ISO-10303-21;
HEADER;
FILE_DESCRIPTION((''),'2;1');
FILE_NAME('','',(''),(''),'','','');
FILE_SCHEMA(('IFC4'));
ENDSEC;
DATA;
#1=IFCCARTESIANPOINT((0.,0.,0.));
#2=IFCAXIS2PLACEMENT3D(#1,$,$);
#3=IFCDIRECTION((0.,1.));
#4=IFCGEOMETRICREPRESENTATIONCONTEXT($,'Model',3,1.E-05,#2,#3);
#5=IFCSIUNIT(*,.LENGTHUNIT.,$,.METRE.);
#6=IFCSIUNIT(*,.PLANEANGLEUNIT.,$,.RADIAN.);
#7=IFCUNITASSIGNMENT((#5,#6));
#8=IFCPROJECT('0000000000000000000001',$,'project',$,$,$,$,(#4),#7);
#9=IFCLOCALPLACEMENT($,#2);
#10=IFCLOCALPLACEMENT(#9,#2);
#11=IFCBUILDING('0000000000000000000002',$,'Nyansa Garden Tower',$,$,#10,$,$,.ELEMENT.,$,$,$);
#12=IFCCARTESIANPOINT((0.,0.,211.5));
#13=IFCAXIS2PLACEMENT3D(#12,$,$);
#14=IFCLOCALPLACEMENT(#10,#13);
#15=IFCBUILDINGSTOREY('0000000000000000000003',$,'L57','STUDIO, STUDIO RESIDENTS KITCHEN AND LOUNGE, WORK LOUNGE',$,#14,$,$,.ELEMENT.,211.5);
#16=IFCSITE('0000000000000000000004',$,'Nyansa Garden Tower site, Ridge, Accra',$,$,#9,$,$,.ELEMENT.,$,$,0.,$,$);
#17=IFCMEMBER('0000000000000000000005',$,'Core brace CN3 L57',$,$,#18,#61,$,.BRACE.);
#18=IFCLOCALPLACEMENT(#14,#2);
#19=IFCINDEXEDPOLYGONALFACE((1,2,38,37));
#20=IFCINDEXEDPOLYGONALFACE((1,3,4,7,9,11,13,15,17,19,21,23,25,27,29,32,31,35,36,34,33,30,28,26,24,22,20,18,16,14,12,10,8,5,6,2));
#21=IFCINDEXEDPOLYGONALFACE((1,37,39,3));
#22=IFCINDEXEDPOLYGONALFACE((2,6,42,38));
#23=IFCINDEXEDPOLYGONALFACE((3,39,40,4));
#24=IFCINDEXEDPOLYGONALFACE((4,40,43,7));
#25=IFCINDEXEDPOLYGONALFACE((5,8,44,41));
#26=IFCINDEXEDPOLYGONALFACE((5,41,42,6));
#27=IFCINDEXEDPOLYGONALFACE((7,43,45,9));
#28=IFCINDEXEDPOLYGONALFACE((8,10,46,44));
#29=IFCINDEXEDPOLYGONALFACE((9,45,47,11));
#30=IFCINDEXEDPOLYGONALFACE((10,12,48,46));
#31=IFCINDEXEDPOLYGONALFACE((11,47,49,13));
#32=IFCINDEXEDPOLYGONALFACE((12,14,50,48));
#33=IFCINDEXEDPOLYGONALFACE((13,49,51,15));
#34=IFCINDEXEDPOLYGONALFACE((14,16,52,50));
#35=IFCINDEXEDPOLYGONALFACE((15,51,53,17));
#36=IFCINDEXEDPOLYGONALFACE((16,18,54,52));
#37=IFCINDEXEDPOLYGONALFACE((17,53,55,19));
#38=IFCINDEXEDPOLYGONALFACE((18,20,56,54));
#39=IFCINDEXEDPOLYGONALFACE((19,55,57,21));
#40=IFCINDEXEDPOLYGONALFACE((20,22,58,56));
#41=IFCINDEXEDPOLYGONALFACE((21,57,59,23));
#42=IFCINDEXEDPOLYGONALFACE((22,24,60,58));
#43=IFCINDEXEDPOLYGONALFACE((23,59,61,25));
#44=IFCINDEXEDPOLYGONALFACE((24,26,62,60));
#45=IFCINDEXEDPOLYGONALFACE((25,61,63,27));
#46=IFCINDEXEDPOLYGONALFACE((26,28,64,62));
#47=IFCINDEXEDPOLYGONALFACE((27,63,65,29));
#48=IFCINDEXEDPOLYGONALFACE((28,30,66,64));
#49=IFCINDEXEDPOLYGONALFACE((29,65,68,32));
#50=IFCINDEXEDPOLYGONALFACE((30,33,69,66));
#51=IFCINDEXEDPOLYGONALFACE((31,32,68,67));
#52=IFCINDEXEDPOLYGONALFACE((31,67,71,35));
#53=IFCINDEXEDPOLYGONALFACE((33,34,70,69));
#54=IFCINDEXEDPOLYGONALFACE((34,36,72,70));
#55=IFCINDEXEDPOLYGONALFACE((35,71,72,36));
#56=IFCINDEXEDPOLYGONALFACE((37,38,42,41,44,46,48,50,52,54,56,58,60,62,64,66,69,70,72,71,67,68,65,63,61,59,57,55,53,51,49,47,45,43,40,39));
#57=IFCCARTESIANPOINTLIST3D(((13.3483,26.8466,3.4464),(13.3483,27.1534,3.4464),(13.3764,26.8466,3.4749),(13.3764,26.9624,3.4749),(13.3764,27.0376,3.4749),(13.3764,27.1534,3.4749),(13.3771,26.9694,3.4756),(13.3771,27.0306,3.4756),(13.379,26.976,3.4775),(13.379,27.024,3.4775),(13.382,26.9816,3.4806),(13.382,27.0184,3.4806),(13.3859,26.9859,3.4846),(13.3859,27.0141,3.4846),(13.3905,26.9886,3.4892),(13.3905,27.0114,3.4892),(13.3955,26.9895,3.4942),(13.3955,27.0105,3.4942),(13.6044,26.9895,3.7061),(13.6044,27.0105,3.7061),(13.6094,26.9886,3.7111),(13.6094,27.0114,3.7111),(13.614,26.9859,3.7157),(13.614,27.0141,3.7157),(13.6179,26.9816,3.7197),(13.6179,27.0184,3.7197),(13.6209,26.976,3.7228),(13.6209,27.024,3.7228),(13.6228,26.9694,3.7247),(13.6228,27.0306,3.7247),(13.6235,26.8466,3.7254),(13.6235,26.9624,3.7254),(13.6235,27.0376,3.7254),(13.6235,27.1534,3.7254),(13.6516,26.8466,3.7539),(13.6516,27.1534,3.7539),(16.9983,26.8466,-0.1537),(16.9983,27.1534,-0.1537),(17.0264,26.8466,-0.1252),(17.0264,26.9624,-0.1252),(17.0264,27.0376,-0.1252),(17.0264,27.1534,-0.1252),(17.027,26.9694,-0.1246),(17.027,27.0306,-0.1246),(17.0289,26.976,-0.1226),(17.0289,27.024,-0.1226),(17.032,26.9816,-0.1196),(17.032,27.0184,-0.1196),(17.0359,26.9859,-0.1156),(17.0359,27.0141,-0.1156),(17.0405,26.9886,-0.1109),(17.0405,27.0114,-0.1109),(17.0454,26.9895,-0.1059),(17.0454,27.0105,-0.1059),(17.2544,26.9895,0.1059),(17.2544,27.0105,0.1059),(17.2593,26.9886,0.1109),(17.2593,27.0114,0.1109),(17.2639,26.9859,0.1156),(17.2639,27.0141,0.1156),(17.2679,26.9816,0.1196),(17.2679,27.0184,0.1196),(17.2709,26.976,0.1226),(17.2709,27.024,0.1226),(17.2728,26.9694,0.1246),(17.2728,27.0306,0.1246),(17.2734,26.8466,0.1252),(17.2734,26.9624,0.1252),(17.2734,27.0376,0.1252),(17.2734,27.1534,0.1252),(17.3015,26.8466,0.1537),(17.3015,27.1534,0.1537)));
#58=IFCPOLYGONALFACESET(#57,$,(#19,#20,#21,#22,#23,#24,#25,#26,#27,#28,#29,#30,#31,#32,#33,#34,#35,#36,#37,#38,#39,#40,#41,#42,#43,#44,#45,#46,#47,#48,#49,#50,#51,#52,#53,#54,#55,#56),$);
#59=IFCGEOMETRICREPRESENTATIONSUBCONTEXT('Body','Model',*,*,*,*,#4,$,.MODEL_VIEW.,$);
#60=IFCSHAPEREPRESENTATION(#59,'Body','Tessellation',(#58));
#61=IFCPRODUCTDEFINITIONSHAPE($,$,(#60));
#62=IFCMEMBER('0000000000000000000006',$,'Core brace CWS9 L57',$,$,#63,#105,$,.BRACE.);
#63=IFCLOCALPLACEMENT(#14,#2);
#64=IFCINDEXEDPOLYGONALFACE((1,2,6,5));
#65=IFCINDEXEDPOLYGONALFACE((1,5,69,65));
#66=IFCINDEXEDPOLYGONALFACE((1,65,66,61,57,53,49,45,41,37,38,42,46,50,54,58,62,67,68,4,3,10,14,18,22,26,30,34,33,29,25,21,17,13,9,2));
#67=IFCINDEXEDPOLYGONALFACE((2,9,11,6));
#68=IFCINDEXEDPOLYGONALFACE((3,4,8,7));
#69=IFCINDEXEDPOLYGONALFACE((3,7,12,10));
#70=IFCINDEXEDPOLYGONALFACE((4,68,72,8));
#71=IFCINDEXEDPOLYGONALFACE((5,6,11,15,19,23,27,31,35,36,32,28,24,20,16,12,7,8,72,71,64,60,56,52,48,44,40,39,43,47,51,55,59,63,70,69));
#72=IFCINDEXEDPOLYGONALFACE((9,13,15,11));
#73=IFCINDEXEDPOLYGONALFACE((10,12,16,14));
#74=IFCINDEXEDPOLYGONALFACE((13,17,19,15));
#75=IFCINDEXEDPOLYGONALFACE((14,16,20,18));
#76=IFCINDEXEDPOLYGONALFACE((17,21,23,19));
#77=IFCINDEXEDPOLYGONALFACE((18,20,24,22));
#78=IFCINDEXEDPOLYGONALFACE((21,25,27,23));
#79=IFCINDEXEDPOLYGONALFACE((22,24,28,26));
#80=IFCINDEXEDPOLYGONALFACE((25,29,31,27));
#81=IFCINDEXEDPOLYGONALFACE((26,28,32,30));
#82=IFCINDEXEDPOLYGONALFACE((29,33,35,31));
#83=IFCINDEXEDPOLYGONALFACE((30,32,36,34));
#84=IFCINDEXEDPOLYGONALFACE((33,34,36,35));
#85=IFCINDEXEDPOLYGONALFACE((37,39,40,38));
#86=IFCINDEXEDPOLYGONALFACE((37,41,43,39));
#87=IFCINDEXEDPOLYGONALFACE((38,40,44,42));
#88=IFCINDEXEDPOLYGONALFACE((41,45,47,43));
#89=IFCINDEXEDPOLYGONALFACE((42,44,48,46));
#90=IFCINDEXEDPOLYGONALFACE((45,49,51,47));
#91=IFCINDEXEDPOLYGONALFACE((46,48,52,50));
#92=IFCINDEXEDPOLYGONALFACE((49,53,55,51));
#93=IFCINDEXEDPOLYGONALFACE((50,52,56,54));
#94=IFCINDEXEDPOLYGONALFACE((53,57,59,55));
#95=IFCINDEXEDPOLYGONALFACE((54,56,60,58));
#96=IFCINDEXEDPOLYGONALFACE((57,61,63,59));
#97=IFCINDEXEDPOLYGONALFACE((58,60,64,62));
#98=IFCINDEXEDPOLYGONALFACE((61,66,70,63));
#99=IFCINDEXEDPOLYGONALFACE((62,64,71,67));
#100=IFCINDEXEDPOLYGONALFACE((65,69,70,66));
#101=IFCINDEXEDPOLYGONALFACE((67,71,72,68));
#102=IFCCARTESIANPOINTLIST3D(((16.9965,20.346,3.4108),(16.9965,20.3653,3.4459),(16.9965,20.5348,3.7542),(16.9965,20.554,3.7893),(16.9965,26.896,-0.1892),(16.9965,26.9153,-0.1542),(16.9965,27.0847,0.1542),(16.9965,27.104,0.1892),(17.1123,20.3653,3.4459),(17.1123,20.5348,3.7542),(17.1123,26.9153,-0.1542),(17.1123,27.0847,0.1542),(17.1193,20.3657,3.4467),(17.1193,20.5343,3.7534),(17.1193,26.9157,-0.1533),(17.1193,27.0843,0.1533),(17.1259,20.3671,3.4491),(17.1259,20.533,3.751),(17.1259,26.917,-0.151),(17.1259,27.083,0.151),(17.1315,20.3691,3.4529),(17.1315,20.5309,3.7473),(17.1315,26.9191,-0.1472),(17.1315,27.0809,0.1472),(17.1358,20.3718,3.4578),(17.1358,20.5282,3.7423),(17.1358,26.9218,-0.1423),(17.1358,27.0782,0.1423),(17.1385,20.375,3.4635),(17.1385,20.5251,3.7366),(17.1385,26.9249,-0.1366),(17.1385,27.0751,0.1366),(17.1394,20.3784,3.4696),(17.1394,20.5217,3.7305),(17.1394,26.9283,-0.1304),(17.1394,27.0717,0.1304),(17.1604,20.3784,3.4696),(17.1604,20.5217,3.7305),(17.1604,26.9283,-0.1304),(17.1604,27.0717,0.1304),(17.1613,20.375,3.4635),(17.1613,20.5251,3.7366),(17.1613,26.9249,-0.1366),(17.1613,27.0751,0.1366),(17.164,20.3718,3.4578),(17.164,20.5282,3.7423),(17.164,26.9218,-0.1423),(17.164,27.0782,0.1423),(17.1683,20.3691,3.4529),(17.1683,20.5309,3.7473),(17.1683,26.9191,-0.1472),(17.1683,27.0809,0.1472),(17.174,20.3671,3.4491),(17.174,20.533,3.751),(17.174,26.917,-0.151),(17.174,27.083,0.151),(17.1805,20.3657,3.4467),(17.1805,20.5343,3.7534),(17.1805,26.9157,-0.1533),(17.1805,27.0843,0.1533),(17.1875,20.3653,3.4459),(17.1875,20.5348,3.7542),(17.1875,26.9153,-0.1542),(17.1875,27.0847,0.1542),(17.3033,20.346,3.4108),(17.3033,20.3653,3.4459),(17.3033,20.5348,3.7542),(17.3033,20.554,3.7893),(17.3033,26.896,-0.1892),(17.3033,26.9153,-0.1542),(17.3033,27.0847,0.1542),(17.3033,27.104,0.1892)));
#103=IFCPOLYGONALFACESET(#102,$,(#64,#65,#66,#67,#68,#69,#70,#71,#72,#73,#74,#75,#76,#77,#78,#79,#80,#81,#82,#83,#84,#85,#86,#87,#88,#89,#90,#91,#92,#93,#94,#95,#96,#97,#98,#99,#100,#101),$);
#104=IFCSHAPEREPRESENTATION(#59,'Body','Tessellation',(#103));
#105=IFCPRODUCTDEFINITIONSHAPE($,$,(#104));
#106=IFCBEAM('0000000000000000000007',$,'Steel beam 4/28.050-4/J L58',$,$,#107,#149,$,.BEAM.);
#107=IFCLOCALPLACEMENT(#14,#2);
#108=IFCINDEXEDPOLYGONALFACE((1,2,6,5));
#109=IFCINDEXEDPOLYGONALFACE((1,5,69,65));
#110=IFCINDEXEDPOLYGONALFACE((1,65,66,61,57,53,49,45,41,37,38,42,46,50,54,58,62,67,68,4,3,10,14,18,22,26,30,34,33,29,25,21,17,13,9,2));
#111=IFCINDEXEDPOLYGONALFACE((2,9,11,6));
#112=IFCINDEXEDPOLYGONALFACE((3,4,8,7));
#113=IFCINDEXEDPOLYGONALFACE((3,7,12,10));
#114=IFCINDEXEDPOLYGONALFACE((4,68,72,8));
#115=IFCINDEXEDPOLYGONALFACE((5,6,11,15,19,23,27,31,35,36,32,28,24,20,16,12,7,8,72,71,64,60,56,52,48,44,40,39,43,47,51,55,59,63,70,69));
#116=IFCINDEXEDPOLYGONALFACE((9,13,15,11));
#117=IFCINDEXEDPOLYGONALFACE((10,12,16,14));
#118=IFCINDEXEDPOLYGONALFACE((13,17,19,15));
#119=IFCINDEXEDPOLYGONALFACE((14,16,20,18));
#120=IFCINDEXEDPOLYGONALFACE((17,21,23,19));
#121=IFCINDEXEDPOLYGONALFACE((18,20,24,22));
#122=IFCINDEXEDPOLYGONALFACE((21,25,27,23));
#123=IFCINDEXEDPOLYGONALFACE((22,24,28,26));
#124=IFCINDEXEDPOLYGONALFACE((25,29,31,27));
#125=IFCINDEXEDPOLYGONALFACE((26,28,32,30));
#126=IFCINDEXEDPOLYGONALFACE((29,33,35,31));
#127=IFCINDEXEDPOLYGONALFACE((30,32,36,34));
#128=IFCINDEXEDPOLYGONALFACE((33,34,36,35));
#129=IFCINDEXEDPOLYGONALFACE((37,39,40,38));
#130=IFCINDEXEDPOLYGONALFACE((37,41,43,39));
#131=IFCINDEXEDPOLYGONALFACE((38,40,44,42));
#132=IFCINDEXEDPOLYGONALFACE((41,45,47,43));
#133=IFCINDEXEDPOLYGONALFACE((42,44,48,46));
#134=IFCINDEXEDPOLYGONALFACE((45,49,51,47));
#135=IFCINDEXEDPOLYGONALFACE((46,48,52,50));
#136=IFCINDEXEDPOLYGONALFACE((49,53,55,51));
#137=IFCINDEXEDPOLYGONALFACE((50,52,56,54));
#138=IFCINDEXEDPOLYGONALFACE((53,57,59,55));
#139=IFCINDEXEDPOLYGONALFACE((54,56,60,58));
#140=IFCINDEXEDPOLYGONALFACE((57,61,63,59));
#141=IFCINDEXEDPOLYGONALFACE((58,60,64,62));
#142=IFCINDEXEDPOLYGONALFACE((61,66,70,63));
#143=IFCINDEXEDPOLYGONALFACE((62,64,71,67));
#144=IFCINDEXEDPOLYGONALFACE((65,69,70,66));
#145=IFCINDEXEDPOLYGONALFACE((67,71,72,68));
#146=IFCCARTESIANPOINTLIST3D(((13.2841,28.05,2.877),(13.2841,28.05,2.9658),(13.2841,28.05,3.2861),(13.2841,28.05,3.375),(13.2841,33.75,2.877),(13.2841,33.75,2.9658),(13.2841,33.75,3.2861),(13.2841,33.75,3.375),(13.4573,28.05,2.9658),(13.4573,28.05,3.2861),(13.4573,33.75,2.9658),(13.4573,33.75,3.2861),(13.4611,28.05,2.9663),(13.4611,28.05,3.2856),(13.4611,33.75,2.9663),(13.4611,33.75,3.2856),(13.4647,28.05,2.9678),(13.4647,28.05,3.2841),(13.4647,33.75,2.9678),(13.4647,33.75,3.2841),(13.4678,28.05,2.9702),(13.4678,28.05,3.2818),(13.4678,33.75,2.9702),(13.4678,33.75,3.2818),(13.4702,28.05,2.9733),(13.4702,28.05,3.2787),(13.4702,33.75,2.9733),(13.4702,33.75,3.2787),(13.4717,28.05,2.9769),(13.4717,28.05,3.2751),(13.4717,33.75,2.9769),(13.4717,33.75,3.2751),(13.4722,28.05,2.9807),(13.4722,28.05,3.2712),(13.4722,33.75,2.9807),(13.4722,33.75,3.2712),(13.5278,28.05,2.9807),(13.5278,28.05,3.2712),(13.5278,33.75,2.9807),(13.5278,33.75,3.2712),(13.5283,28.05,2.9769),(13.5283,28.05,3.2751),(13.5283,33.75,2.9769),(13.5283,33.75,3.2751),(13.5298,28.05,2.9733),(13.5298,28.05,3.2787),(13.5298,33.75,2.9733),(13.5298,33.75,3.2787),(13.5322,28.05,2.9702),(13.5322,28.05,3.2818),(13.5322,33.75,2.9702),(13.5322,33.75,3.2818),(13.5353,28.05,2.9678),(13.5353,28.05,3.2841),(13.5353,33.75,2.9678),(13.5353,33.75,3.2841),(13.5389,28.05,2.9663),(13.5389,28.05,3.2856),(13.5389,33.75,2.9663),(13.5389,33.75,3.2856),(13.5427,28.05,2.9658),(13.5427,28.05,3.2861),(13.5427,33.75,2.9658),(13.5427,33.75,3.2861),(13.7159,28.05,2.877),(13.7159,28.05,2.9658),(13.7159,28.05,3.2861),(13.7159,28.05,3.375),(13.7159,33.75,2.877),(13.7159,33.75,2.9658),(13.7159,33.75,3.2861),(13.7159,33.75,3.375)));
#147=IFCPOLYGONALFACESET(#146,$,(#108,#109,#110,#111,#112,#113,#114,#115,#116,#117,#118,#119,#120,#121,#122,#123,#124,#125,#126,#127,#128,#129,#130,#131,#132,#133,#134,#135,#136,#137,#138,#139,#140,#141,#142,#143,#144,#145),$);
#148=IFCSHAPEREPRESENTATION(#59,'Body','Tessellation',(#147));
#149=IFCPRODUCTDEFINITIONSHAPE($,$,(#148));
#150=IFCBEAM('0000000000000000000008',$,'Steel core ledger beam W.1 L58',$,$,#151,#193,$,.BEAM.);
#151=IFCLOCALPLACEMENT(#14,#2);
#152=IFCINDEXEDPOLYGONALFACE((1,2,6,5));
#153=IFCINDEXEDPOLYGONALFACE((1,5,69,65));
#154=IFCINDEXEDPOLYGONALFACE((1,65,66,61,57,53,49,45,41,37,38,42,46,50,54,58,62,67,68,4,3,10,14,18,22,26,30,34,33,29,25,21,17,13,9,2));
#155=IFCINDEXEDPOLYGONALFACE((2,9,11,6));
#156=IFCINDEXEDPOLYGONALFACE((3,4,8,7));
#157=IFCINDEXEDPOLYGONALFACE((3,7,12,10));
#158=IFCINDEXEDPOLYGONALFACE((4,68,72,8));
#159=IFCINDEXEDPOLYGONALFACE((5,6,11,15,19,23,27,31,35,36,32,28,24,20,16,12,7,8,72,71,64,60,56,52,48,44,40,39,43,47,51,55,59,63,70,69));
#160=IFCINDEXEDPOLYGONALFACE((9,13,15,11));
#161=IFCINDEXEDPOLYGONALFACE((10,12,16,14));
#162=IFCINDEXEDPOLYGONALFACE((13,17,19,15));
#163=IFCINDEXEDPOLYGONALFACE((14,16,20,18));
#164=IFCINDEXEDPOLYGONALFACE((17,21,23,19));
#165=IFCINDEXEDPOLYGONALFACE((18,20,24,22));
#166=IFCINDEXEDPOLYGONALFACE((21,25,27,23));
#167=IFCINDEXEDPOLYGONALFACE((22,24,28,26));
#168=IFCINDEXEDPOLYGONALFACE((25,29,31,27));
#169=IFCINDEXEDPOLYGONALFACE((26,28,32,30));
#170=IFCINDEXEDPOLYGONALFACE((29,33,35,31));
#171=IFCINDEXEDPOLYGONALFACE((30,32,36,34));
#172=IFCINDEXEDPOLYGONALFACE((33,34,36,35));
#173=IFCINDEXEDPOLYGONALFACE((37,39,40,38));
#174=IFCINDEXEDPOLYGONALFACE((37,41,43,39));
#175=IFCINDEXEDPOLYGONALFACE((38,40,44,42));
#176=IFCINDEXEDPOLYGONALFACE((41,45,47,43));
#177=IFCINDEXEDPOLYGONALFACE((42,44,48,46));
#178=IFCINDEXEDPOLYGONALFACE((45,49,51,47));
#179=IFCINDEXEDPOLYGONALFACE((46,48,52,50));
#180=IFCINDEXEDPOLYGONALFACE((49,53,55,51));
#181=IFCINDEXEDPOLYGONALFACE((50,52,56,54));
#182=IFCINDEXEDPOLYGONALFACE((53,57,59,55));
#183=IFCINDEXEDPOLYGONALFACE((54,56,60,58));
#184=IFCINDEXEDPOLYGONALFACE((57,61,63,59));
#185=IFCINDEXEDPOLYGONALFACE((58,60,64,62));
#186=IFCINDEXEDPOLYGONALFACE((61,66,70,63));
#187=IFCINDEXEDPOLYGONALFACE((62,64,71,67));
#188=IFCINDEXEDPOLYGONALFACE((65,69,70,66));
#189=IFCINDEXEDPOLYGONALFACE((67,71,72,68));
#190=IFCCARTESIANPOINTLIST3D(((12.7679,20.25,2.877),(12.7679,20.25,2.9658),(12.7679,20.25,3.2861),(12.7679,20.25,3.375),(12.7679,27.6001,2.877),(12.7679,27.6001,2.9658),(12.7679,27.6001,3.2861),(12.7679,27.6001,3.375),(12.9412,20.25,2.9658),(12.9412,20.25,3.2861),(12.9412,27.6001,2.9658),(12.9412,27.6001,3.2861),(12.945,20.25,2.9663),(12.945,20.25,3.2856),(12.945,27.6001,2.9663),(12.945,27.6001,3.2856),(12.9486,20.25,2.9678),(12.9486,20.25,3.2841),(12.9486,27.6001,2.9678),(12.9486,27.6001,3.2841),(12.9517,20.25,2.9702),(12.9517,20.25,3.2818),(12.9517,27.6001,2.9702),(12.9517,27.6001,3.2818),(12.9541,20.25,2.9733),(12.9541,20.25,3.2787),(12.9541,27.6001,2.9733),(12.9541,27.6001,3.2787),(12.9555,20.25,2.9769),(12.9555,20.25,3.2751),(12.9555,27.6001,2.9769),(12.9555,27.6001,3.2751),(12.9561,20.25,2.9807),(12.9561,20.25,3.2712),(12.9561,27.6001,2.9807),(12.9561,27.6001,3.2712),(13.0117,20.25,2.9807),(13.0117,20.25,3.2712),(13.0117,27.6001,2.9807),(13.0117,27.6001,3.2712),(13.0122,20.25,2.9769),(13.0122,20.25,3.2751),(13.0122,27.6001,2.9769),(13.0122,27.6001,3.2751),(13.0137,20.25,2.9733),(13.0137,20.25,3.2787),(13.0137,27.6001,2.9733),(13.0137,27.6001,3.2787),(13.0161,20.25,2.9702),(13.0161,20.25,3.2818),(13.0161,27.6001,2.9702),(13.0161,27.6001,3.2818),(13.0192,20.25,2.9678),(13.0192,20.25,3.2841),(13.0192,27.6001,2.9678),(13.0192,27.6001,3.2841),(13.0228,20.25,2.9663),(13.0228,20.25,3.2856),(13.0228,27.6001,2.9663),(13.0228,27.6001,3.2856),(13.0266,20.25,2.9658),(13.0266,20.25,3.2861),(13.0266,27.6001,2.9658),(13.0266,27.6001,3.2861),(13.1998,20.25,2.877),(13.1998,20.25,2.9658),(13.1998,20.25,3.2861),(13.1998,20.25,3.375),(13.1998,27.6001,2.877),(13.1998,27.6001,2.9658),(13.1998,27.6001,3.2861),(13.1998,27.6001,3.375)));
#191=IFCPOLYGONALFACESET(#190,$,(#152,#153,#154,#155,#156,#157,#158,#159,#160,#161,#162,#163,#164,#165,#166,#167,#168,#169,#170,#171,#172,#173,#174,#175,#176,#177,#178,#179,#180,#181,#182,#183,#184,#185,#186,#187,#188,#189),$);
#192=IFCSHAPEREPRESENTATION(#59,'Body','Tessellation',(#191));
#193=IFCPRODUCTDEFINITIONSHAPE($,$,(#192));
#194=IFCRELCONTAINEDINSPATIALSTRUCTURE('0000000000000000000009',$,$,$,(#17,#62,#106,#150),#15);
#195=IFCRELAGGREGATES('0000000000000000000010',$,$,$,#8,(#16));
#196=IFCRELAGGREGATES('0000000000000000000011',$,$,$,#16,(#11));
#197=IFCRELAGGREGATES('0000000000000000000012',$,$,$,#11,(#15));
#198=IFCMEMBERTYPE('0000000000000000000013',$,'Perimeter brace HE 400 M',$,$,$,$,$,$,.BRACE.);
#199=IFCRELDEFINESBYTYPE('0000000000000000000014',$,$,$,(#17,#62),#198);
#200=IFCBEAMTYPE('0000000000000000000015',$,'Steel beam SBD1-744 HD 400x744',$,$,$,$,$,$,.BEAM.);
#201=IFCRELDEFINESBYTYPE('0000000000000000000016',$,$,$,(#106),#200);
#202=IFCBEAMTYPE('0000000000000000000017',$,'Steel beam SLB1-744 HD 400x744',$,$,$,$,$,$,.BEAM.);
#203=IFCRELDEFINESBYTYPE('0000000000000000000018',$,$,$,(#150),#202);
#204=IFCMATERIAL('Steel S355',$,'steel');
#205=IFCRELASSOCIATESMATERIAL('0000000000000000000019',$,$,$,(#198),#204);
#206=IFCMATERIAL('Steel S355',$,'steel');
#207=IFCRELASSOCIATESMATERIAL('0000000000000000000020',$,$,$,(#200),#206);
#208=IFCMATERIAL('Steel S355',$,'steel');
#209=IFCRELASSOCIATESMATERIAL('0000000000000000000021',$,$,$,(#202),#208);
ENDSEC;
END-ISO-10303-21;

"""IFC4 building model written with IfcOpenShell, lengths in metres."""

from ifc_helpers import new_model, si_unit, direction, frame, origin, origin_2d, place, context, subcontext, project, spatial, i_section, extrude, material, material_profile, profile_set, type_object, element, save


model = new_model("IFC4")

# Units and contexts
model_context = context("Model", 3, precision=1e-05, world=origin(), true_north=direction((0.0, 1.0)))
body_context = subcontext(model_context, "Body", "Model", "MODEL_VIEW")
ifc_project = project(units=[si_unit("LENGTHUNIT", "METRE"), si_unit("PLANEANGLEUNIT", "RADIAN")], contexts=[model_context])

# Site, building, storey
site_placement = place(None, origin())
site = spatial("IfcSite", under=ifc_project, at=site_placement, Name="Nyansa Garden Tower site, Ridge, Accra", CompositionType="ELEMENT", RefElevation=0.0)
building_placement = place(site_placement, origin())
building = spatial("IfcBuilding", under=site, at=building_placement, Name="Nyansa Garden Tower", CompositionType="ELEMENT")
storey_placement = place(building_placement, frame((0.0, 0.0, 211.5)))
storey = spatial("IfcBuildingStorey", under=building, at=storey_placement, Name="L57", Description="STUDIO, STUDIO RESIDENTS KITCHEN AND LOUNGE, WORK LOUNGE", CompositionType="ELEMENT", Elevation=211.5)

# Members
ifc_material_1 = material(Name="Steel S355", Category="steel")
ifc_material_profile_1 = material_profile(ifc_material_1, i_section(OverallWidth=0.3069, OverallDepth=0.4319, WebThickness=0.021, FlangeThickness=0.04, FilletRadius=0.0271, at=origin_2d()), Name="HE 400 M")
ifc_profile_set_1 = profile_set([ifc_material_profile_1], Name="Steel S355")
member_type = type_object("IfcMemberType", Name="Perimeter brace HE 400 M", PredefinedType="BRACE", material=ifc_profile_set_1)
member_1_placement = place(storey_placement, frame((17.1499, 27.0, 0.0), z_axis=(-0.711948, 0.0, 0.702233), x_axis=(0.0, -1.0, 0.0)))
element("IfcMember", 1, at=member_1_placement, inside=storey, type_object=member_type, Name="Core brace CN3 L57", PredefinedType="BRACE", context=body_context, shape_type="SweptSolid", body=[
    extrude(i_section(OverallWidth=0.3069, OverallDepth=0.4319, WebThickness=0.021, FlangeThickness=0.04, FilletRadius=0.0271, at=origin_2d()), origin(), (0.0, 0.0, 1.0), 5.1267),
])
member_2_placement = place(storey_placement, frame((17.1499, 27.0, 0.0), z_axis=(0.0, -0.876353, 0.481669), x_axis=(1.0, 0.0, 0.0)))
element("IfcMember", 2, at=member_2_placement, inside=storey, type_object=member_type, Name="Core brace CWS9 L57", PredefinedType="BRACE", context=body_context, shape_type="SweptSolid", body=[
    extrude(i_section(OverallWidth=0.3069, OverallDepth=0.4319, WebThickness=0.021, FlangeThickness=0.04, FilletRadius=0.0271, at=origin_2d()), origin(), (0.0, 0.0, 1.0), 7.4741),
])

# Beams
ifc_material_2 = material(Name="Steel S355", Category="steel")
ifc_material_profile_2 = material_profile(ifc_material_2, i_section(OverallWidth=0.4319, OverallDepth=0.498, WebThickness=0.0557, FlangeThickness=0.0889, FilletRadius=0.0149, at=origin_2d()), Name="HD 400x744")
ifc_profile_set_2 = profile_set([ifc_material_profile_2], Name="Steel S355")
beam_type_1 = type_object("IfcBeamType", Name="Steel beam SBD1-744 HD 400x744", PredefinedType="BEAM", material=ifc_profile_set_2)
beam_placement = place(storey_placement, frame((13.5, 28.05, 3.126), z_axis=(0.0, 1.0, 0.0), x_axis=(-1.0, 0.0, 0.0)))
element("IfcBeam", 3, at=beam_placement, inside=storey, type_object=beam_type_1, Name="Steel beam 4/28.050-4/J L58", PredefinedType="BEAM", context=body_context, shape_type="SweptSolid", body=[
    extrude(i_section(OverallWidth=0.4319, OverallDepth=0.498, WebThickness=0.0557, FlangeThickness=0.0889, FilletRadius=0.0149, at=origin_2d()), origin(), (0.0, 0.0, 1.0), 5.7),
])
ifc_material_3 = material(Name="Steel S355", Category="steel")
ifc_material_profile_3 = material_profile(ifc_material_3, i_section(OverallWidth=0.4319, OverallDepth=0.498, WebThickness=0.0557, FlangeThickness=0.0889, FilletRadius=0.0149, at=origin_2d()), Name="HD 400x744")
ifc_profile_set_3 = profile_set([ifc_material_profile_3], Name="Steel S355")
beam_type_2 = type_object("IfcBeamType", Name="Steel beam SLB1-744 HD 400x744", PredefinedType="BEAM", material=ifc_profile_set_3)
for number, where, z_axis, x_axis, name in (
    (4, (12.9839, 27.6001, 3.126), (0.0, -1.0, 0.0), (1.0, 0.0, 0.0), "Steel core ledger beam W.1 L58"),
):
    element("IfcBeam", number, at=place(storey_placement, frame(where, z_axis=z_axis, x_axis=x_axis)), inside=storey, type_object=beam_type_2, Name=name, PredefinedType="BEAM", context=body_context, shape_type="SweptSolid", body=[
        extrude(i_section(OverallWidth=0.4319, OverallDepth=0.498, WebThickness=0.0557, FlangeThickness=0.0889, FilletRadius=0.0149, at=origin_2d()), origin(), (0.0, 0.0, 1.0), 7.3501),
    ])

save(model, "model.ifc")
